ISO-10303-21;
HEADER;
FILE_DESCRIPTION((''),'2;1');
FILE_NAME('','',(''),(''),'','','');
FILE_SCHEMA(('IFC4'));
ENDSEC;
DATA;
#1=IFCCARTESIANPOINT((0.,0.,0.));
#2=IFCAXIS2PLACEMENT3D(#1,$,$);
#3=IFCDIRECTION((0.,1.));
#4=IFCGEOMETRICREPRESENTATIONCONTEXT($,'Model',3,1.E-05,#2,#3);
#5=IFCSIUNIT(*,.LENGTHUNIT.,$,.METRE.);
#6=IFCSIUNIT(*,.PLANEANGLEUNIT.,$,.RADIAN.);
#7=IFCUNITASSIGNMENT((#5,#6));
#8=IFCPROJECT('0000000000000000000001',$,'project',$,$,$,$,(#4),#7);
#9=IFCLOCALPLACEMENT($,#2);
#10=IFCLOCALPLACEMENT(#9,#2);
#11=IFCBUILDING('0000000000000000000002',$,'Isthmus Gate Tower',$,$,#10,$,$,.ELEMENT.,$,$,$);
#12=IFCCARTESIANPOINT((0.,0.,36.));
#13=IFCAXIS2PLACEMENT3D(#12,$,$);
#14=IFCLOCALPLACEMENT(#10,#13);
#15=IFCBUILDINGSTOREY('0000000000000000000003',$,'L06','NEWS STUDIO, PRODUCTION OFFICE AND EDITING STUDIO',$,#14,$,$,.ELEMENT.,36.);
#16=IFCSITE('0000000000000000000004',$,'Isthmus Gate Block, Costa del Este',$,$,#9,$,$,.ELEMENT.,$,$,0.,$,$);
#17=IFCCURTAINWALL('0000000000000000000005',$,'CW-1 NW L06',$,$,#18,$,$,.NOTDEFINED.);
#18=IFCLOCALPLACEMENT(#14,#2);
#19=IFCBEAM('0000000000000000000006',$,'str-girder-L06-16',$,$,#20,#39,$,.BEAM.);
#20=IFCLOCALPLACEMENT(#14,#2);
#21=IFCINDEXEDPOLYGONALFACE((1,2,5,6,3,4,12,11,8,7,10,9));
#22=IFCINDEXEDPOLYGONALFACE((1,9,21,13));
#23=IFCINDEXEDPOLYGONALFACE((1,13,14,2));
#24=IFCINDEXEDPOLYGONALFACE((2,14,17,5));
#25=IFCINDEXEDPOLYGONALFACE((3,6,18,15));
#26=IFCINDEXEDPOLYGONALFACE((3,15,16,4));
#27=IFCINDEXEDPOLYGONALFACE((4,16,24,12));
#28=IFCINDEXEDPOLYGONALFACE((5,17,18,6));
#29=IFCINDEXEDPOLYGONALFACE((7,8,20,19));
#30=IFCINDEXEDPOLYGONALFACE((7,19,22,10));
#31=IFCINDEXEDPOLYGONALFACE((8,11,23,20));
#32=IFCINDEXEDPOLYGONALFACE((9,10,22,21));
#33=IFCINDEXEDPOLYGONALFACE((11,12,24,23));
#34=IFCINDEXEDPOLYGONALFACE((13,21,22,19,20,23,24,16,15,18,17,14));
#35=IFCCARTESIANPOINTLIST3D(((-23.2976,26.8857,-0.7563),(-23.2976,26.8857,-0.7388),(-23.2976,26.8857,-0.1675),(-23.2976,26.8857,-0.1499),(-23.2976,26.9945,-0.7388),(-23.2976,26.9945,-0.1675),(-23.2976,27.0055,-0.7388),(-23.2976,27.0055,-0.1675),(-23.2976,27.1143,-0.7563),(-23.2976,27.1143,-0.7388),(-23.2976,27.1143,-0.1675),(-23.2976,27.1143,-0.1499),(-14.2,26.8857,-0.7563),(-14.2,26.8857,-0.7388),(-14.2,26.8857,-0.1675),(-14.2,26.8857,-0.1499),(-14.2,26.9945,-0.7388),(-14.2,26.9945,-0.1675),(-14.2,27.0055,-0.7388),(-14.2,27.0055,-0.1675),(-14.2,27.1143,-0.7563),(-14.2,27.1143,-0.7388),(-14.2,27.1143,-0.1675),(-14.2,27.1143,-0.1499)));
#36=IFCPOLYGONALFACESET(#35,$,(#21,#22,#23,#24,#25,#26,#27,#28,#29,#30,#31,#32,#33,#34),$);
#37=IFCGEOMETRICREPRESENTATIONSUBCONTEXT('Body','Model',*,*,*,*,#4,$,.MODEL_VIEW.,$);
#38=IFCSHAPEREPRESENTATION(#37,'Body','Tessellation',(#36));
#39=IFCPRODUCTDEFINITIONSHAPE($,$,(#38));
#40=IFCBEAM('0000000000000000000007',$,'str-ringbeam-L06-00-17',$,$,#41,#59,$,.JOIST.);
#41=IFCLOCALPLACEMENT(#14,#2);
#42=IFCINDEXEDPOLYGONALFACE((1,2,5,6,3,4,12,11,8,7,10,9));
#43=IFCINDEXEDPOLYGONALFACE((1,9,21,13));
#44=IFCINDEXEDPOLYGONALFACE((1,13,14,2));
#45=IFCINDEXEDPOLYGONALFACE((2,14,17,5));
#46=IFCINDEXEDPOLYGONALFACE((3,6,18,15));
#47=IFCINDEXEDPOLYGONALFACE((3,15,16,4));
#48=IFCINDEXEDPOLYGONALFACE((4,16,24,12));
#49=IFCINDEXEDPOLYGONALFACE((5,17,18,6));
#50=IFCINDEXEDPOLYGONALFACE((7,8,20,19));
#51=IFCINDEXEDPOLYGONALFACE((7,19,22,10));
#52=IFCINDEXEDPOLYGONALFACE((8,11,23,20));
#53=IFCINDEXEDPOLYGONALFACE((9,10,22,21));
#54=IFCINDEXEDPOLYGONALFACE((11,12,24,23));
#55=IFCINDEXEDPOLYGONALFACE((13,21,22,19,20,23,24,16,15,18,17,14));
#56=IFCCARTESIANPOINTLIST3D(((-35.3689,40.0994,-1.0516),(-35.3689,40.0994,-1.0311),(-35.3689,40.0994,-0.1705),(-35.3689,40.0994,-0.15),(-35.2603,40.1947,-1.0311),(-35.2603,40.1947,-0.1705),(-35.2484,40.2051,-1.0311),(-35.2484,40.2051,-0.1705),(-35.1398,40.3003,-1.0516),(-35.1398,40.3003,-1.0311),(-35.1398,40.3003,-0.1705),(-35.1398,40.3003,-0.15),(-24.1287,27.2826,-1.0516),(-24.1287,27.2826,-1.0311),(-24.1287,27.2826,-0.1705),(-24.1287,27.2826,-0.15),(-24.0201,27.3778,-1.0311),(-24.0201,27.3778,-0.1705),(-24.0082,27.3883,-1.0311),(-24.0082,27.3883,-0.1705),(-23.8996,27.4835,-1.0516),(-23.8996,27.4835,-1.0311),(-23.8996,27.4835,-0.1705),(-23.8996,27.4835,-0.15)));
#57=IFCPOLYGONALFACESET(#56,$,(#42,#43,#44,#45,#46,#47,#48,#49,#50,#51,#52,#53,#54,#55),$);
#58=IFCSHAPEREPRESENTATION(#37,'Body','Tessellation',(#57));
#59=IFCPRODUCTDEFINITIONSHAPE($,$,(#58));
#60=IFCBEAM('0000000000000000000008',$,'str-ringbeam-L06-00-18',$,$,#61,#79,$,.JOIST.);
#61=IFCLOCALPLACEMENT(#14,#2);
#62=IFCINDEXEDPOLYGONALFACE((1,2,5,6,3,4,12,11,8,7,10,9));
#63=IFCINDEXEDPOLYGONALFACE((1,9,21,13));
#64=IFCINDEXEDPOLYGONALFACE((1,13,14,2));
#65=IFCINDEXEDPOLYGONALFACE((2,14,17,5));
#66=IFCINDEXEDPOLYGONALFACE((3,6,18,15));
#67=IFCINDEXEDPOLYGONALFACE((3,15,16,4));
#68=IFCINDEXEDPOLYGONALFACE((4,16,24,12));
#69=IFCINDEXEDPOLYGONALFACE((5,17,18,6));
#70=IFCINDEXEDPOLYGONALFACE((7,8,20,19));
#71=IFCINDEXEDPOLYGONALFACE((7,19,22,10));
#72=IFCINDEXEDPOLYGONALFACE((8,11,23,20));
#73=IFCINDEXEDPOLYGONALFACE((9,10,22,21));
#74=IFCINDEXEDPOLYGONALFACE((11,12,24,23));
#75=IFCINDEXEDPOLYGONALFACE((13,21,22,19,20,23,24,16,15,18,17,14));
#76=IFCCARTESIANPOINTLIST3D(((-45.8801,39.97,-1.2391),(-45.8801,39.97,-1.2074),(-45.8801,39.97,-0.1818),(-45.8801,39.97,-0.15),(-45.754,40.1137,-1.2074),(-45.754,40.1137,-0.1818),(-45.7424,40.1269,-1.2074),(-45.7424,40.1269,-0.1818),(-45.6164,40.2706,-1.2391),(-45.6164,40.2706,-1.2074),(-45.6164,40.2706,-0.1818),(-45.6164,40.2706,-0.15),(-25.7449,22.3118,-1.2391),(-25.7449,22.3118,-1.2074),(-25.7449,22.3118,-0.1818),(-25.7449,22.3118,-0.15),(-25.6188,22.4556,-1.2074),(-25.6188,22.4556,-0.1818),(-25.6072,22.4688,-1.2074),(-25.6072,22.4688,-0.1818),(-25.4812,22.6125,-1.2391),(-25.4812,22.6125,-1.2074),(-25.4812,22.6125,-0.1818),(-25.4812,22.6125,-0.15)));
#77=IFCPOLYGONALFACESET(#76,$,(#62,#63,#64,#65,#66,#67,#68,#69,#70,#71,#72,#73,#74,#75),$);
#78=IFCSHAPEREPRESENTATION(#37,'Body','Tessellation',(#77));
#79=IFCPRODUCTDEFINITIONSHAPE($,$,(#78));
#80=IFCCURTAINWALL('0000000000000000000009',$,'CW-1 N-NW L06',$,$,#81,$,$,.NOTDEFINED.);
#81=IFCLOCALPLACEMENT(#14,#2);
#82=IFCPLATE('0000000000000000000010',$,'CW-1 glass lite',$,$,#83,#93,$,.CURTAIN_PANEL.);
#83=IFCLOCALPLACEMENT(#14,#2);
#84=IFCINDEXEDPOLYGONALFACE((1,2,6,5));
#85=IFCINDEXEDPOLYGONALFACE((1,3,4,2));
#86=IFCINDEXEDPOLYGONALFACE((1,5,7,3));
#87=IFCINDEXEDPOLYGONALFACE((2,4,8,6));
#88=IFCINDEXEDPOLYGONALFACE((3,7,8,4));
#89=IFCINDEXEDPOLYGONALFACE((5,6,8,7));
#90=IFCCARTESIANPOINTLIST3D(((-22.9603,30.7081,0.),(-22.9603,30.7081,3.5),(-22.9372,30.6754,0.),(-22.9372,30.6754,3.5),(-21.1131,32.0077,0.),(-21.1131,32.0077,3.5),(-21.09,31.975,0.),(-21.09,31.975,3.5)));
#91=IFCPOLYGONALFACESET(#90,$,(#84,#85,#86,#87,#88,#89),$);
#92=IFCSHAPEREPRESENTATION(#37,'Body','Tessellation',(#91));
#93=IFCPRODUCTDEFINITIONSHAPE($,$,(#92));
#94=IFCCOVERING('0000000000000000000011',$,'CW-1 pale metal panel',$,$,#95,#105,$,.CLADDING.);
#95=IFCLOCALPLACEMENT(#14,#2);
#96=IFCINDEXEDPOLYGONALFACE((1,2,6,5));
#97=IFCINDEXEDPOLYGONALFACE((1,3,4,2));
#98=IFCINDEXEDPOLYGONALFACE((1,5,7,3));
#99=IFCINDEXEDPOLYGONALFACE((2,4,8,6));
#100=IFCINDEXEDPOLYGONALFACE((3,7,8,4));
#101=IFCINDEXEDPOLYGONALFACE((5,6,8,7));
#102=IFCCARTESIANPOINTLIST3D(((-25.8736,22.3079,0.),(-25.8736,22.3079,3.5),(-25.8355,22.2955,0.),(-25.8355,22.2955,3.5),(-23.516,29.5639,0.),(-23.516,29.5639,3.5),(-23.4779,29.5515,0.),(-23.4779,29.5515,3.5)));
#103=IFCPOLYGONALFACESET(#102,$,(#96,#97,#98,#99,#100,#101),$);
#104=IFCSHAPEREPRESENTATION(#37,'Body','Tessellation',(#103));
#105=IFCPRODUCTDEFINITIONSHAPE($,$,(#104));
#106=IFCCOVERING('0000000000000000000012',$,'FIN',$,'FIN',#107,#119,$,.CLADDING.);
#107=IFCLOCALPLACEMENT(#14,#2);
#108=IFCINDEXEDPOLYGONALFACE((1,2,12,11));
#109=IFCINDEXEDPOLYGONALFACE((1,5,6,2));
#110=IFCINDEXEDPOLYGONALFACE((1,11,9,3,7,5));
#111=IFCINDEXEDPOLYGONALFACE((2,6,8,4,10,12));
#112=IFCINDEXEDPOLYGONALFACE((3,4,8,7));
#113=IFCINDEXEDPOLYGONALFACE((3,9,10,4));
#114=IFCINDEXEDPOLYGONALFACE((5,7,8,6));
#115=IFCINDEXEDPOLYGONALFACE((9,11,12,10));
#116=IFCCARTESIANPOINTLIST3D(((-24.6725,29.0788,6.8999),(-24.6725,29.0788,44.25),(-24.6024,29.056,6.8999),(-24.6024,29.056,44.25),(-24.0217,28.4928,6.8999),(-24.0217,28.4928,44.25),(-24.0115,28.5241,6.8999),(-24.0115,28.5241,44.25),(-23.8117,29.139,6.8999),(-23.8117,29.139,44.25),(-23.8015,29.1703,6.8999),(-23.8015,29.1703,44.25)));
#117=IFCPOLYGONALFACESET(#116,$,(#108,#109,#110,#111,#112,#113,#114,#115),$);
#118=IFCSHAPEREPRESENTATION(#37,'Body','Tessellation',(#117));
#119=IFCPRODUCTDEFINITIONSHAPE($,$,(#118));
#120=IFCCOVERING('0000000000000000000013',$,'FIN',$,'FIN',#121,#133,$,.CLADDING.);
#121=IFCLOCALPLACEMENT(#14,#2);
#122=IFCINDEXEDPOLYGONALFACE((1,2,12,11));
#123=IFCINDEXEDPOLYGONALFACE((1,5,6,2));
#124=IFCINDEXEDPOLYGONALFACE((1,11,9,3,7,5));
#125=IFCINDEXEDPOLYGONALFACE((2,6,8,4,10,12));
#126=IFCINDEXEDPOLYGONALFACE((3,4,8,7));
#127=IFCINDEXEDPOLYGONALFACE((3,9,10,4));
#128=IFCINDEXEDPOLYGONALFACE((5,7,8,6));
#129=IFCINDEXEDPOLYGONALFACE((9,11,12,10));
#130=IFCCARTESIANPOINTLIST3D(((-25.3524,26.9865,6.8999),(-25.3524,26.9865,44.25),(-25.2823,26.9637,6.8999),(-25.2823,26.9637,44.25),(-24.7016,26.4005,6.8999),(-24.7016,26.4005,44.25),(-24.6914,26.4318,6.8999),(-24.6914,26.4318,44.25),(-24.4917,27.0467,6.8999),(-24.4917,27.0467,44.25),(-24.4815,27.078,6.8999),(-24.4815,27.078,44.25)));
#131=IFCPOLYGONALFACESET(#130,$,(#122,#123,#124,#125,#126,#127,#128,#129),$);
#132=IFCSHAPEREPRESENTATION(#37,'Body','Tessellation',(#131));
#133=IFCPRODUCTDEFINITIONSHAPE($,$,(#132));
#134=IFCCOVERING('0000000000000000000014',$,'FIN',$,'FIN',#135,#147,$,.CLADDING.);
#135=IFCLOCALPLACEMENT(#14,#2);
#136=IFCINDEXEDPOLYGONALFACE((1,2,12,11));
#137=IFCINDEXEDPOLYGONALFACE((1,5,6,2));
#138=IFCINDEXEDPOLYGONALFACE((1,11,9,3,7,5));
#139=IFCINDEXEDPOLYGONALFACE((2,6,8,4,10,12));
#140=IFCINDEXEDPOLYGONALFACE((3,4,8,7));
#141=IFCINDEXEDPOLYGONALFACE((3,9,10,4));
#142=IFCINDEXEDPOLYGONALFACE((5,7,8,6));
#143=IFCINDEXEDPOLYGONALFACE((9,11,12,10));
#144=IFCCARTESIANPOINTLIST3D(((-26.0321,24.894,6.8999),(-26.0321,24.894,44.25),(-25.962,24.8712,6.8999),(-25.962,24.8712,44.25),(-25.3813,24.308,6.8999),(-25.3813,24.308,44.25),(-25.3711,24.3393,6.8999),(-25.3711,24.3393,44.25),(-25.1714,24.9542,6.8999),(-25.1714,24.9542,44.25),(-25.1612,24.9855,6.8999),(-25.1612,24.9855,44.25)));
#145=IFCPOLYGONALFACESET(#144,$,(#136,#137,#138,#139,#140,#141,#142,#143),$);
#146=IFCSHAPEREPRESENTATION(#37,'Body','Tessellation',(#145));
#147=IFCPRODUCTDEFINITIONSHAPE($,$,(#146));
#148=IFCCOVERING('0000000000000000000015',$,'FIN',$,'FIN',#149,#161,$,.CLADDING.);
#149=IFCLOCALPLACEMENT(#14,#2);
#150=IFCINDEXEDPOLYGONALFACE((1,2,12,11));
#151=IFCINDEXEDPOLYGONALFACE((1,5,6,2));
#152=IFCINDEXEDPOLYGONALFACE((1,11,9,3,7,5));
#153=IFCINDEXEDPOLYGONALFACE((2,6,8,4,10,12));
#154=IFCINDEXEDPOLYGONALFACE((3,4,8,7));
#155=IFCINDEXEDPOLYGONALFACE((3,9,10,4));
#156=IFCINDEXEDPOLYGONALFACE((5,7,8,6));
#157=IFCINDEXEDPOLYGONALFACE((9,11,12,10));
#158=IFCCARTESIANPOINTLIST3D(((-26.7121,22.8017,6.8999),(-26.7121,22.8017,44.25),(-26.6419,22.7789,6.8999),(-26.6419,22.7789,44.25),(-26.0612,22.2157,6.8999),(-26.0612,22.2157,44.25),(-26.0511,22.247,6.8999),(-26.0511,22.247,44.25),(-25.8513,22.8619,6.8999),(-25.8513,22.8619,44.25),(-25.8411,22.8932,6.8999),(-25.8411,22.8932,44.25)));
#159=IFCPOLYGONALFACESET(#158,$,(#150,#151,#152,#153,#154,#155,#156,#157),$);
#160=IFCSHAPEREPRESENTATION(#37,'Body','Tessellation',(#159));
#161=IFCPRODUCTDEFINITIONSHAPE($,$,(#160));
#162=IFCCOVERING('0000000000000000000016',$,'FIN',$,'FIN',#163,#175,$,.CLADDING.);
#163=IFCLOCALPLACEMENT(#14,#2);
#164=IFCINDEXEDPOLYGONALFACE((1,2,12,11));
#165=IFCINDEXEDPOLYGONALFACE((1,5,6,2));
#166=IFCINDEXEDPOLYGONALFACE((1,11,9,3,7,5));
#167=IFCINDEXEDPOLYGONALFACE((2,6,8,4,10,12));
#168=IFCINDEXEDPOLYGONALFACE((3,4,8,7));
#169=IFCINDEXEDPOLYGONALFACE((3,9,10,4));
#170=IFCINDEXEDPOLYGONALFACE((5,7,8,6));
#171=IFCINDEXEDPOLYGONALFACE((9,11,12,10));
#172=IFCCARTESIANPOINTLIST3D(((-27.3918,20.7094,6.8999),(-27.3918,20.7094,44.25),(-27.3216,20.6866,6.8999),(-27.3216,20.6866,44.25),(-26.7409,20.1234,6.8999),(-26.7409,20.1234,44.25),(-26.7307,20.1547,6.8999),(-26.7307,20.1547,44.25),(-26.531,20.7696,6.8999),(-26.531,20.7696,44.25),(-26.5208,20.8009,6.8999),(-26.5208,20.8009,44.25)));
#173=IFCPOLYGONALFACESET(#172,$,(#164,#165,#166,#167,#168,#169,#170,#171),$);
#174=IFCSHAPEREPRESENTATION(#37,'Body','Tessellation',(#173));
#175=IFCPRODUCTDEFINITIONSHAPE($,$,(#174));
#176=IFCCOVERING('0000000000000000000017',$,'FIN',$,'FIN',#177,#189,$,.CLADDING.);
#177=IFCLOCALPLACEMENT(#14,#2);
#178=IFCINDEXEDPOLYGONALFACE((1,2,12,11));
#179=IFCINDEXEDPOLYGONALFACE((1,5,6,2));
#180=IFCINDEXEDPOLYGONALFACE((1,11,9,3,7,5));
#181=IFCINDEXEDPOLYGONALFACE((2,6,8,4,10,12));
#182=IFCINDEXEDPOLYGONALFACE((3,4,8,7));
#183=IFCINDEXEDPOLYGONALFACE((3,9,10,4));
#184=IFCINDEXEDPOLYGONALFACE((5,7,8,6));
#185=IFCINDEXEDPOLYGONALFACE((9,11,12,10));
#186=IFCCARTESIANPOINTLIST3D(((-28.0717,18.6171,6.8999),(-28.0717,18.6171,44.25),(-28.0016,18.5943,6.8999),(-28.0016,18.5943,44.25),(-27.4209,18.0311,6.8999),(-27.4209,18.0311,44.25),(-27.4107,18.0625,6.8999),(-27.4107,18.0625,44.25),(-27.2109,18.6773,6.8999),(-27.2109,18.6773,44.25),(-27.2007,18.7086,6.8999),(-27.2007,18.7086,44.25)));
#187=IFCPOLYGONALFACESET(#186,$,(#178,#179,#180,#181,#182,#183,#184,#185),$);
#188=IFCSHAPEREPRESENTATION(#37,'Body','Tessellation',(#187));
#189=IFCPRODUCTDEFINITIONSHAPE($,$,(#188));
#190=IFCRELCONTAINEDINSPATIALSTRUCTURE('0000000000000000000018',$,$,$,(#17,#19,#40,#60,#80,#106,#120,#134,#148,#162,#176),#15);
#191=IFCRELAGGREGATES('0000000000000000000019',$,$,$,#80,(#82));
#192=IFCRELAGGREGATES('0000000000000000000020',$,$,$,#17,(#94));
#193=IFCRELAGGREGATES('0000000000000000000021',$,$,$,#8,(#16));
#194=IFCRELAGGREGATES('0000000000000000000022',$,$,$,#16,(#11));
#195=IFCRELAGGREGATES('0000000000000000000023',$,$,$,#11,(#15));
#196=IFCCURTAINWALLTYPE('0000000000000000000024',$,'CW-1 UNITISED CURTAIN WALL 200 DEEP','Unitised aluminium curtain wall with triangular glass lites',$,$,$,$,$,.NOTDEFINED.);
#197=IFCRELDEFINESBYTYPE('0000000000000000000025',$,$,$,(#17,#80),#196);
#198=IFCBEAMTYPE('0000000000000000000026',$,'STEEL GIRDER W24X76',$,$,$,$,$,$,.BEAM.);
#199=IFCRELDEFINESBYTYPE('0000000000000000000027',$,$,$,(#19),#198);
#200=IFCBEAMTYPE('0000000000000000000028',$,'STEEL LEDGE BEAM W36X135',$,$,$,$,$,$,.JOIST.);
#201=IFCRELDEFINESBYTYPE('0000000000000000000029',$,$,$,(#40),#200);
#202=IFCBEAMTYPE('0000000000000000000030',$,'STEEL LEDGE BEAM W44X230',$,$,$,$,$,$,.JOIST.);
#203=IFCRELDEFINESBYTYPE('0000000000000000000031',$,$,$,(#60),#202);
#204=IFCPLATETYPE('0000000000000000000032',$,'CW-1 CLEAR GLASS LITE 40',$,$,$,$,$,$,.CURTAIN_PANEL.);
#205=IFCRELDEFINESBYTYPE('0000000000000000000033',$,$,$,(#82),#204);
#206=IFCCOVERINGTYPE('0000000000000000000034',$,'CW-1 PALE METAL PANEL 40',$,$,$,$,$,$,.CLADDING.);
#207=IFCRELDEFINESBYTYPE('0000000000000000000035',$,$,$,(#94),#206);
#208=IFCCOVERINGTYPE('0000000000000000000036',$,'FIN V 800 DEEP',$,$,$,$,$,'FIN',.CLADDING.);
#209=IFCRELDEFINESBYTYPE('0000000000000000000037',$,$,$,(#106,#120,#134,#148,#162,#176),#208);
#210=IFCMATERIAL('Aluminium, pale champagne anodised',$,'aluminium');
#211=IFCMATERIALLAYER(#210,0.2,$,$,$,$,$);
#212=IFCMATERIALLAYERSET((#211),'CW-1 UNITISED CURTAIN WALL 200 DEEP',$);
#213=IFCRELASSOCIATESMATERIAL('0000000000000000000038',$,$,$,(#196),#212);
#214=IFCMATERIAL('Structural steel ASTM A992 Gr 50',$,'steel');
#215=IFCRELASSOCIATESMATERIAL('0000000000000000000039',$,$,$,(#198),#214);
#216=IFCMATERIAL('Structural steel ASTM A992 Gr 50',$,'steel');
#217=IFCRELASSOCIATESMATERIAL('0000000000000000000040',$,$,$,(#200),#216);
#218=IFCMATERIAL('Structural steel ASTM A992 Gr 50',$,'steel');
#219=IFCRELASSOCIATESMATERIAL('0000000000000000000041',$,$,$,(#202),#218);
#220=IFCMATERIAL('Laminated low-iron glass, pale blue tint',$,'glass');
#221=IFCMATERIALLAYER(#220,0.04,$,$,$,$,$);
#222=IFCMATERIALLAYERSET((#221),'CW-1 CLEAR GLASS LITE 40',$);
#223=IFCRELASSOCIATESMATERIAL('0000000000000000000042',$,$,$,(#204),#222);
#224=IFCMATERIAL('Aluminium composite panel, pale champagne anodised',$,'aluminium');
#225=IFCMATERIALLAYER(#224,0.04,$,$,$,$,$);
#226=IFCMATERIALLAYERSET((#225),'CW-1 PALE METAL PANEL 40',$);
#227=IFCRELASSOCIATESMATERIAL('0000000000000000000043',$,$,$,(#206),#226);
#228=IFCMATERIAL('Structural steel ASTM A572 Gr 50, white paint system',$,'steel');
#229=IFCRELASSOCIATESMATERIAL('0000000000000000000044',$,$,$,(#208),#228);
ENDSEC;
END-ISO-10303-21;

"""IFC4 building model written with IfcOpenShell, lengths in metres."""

from ifc_helpers import new_model, si_unit, direction, frame, origin, origin_2d, place, context, subcontext, project, spatial, polyline, rectangle, i_section, outline, extrude, material, layer, layer_set, material_profile, profile_set, type_object, element, aggregate, save


model = new_model("IFC4")

# Units and contexts
model_context = context("Model", 3, precision=1e-05, world=origin(), true_north=direction((0.0, 1.0)))
body_context = subcontext(model_context, "Body", "Model", "MODEL_VIEW")
ifc_project = project(units=[si_unit("LENGTHUNIT", "METRE"), si_unit("PLANEANGLEUNIT", "RADIAN")], contexts=[model_context])

# Site, building, storey
site_placement = place(None, origin())
site = spatial("IfcSite", under=ifc_project, at=site_placement, Name="Isthmus Gate Block, Costa del Este", CompositionType="ELEMENT", RefElevation=0.0)
building_placement = place(site_placement, origin())
building = spatial("IfcBuilding", under=site, at=building_placement, Name="Isthmus Gate Tower", CompositionType="ELEMENT")
storey_placement = place(building_placement, frame((0.0, 0.0, 36.0)))
storey = spatial("IfcBuildingStorey", under=building, at=storey_placement, Name="L06", Description="NEWS STUDIO, PRODUCTION OFFICE AND EDITING STUDIO", CompositionType="ELEMENT", Elevation=36.0)

# Curtain wall
ifc_material_1 = material(Name="Aluminium, pale champagne anodised", Category="aluminium")
ifc_layer_1 = layer(ifc_material_1, 0.2)
ifc_layer_set_1 = layer_set([ifc_layer_1], Name="CW-1 UNITISED CURTAIN WALL 200 DEEP")
curtain_wall_type = type_object("IfcCurtainWallType", Name="CW-1 UNITISED CURTAIN WALL 200 DEEP", Description="Unitised aluminium curtain wall with triangular glass lites", PredefinedType="NOTDEFINED", material=ifc_layer_set_1)
curtain_wall_1_placement = place(storey_placement, origin())
curtain_wall_1 = element("IfcCurtainWall", 1, at=curtain_wall_1_placement, inside=storey, type_object=curtain_wall_type, Name="CW-1 NW L06", PredefinedType="NOTDEFINED")

# Beams
ifc_material_2 = material(Name="Structural steel ASTM A992 Gr 50", Category="steel")
ifc_material_profile_1 = material_profile(ifc_material_2, i_section(OverallWidth=0.2285, OverallDepth=0.6064, WebThickness=0.011, FlangeThickness=0.0176, at=origin_2d()), Name="W24X76")
ifc_profile_set_1 = profile_set([ifc_material_profile_1], Name="Structural steel ASTM A992 Gr 50")
beam_type_1 = type_object("IfcBeamType", Name="STEEL GIRDER W24X76", PredefinedType="BEAM", material=ifc_profile_set_1)
beam_1_placement = place(storey_placement, frame((-23.2976, 27.0, -0.4531), z_axis=(1.0, 0.0, 0.0), x_axis=(0.0, 1.0, 0.0)))
element("IfcBeam", 2, at=beam_1_placement, inside=storey, type_object=beam_type_1, Name="str-girder-L06-16", PredefinedType="BEAM", context=body_context, shape_type="SweptSolid", body=[
    extrude(i_section(OverallWidth=0.2285, OverallDepth=0.6064, WebThickness=0.011, FlangeThickness=0.0176, at=origin_2d()), origin(), (0.0, 0.0, 1.0), 9.0977),
])
ifc_material_3 = material(Name="Structural steel ASTM A992 Gr 50", Category="steel")
ifc_material_profile_2 = material_profile(ifc_material_3, i_section(OverallWidth=0.3047, OverallDepth=0.9016, WebThickness=0.0159, FlangeThickness=0.0205, at=origin_2d()), Name="W36X135")
ifc_profile_set_2 = profile_set([ifc_material_profile_2], Name="Structural steel ASTM A992 Gr 50")
beam_type_2 = type_object("IfcBeamType", Name="STEEL LEDGE BEAM W36X135", PredefinedType="JOIST", material=ifc_profile_set_2)
beam_2_placement = place(storey_placement, frame((-24.0142, 27.3831, -0.6008), z_axis=(-0.65935, 0.751836, 0.0), x_axis=(-0.751836, -0.65935, 0.0)))
element("IfcBeam", 3, at=beam_2_placement, inside=storey, type_object=beam_type_2, Name="str-ringbeam-L06-00-17", PredefinedType="JOIST", context=body_context, shape_type="SweptSolid", body=[
    extrude(i_section(OverallWidth=0.3047, OverallDepth=0.9016, WebThickness=0.0159, FlangeThickness=0.0205, at=origin_2d()), origin(), (0.0, 0.0, 1.0), 17.0474),
])
ifc_material_4 = material(Name="Structural steel ASTM A992 Gr 50", Category="steel")
ifc_material_profile_3 = material_profile(ifc_material_4, i_section(OverallWidth=0.3999, OverallDepth=1.0891, WebThickness=0.0176, FlangeThickness=0.0317, at=origin_2d()), Name="W44X230")
ifc_profile_set_3 = profile_set([ifc_material_profile_3], Name="Structural steel ASTM A992 Gr 50")
beam_type_3 = type_object("IfcBeamType", Name="STEEL LEDGE BEAM W44X230", PredefinedType="JOIST", material=ifc_profile_set_3)
beam_3_placement = place(storey_placement, frame((-25.613, 22.4622, -0.6946), z_axis=(-0.751839, 0.659347, 0.0), x_axis=(-0.659347, -0.751839, 0.0)))
element("IfcBeam", 4, at=beam_3_placement, inside=storey, type_object=beam_type_3, Name="str-ringbeam-L06-00-18", PredefinedType="JOIST", context=body_context, shape_type="SweptSolid", body=[
    extrude(i_section(OverallWidth=0.3999, OverallDepth=1.0891, WebThickness=0.0176, FlangeThickness=0.0317, at=origin_2d()), origin(), (0.0, 0.0, 1.0), 26.7812),
])

# Curtain wall, plate
curtain_wall_2_placement = place(storey_placement, origin())
curtain_wall_2 = element("IfcCurtainWall", 5, at=curtain_wall_2_placement, inside=storey, type_object=curtain_wall_type, Name="CW-1 N-NW L06", PredefinedType="NOTDEFINED")
ifc_material_5 = material(Name="Laminated low-iron glass, pale blue tint", Category="glass")
ifc_layer_2 = layer(ifc_material_5, 0.04)
ifc_layer_set_2 = layer_set([ifc_layer_2], Name="CW-1 CLEAR GLASS LITE 40")
plate_type = type_object("IfcPlateType", Name="CW-1 CLEAR GLASS LITE 40", PredefinedType="CURTAIN_PANEL", material=ifc_layer_set_2)
plate_placement = place(storey_placement, frame((-22.0251, 31.3416, 0.0), z_axis=(0.0, 0.0, 1.0), x_axis=(-0.81786, -0.575418, 0.0)))
plate = element("IfcPlate", 6, at=plate_placement, type_object=plate_type, Name="CW-1 glass lite", PredefinedType="CURTAIN_PANEL", context=body_context, shape_type="SweptSolid", body=[
    extrude(rectangle(XDim=2.2585, YDim=0.04, at=origin_2d()), origin(), (0.0, 0.0, 1.0), 3.5),
])
aggregate(curtain_wall_2, [plate])

# Covering
ifc_material_6 = material(Name="Aluminium composite panel, pale champagne anodised", Category="aluminium")
ifc_layer_3 = layer(ifc_material_6, 0.04)
ifc_layer_set_3 = layer_set([ifc_layer_3], Name="CW-1 PALE METAL PANEL 40")
covering_type_1 = type_object("IfcCoveringType", Name="CW-1 PALE METAL PANEL 40", PredefinedType="CLADDING", material=ifc_layer_set_3)
covering_placement = place(storey_placement, frame((-24.6758, 25.9297, 0.0), z_axis=(0.0, 0.0, 1.0), x_axis=(-0.309017, -0.951057, 0.0)))
covering = element("IfcCovering", 7, at=covering_placement, type_object=covering_type_1, Name="CW-1 pale metal panel", PredefinedType="CLADDING", context=body_context, shape_type="SweptSolid", body=[
    extrude(rectangle(XDim=7.6294, YDim=0.04, at=origin_2d()), origin(), (0.0, 0.0, 1.0), 3.5),
])
aggregate(curtain_wall_1, [covering])

# Coverings
ifc_material_7 = material(Name="Structural steel ASTM A572 Gr 50, white paint system", Category="steel")
ifc_material_profile_4 = material_profile(ifc_material_7, outline(polyline([(0.0, -0.3562), (0.8, 0.0), (0.0, 0.3562), (0.0, 0.3232), (0.7263, 0.0), (0.0, -0.3232), (0.0, -0.3562)])), Name="V800")
ifc_profile_set_4 = profile_set([ifc_material_profile_4], Name="Structural steel ASTM A572 Gr 50, white paint system")
covering_type_2 = type_object("IfcCoveringType", Name="FIN V 800 DEEP", ElementType="FIN", PredefinedType="CLADDING", material=ifc_profile_set_4)
for number, where, z_axis, x_axis, name in (
    (8, (-23.9116, 28.8315, 6.8999), (0.0, 0.0, 1.0), (-0.951057, 0.309017, 0.0), "FIN"),
    (9, (-24.5916, 26.7393, 6.8999), (0.0, 0.0, 1.0), (-0.951057, 0.309017, 0.0), "FIN"),
    (10, (-25.2712, 24.6467, 6.8999), (0.0, 0.0, 1.0), (-0.951057, 0.309017, 0.0), "FIN"),
    (11, (-25.9512, 22.5544, 6.8999), (0.0, 0.0, 1.0), (-0.951057, 0.309017, 0.0), "FIN"),
    (12, (-26.6309, 20.4622, 6.8999), (0.0, 0.0, 1.0), (-0.951057, 0.309017, 0.0), "FIN"),
    (13, (-27.3108, 18.3699, 6.8999), (0.0, 0.0, 1.0), (-0.951057, 0.309017, 0.0), "FIN"),
):
    element("IfcCovering", number, at=place(storey_placement, frame(where, z_axis=z_axis, x_axis=x_axis)), inside=storey, type_object=covering_type_2, Name=name, ObjectType="FIN", PredefinedType="CLADDING", context=body_context, shape_type="SweptSolid", body=[
        extrude(outline(polyline([(0.0, -0.3562), (0.8, 0.0), (0.0, 0.3562), (0.0, 0.3232), (0.7263, 0.0), (0.0, -0.3232), (0.0, -0.3562)])), origin(), (0.0, 0.0, 1.0), 37.3501),
    ])

save(model, "model.ifc")
